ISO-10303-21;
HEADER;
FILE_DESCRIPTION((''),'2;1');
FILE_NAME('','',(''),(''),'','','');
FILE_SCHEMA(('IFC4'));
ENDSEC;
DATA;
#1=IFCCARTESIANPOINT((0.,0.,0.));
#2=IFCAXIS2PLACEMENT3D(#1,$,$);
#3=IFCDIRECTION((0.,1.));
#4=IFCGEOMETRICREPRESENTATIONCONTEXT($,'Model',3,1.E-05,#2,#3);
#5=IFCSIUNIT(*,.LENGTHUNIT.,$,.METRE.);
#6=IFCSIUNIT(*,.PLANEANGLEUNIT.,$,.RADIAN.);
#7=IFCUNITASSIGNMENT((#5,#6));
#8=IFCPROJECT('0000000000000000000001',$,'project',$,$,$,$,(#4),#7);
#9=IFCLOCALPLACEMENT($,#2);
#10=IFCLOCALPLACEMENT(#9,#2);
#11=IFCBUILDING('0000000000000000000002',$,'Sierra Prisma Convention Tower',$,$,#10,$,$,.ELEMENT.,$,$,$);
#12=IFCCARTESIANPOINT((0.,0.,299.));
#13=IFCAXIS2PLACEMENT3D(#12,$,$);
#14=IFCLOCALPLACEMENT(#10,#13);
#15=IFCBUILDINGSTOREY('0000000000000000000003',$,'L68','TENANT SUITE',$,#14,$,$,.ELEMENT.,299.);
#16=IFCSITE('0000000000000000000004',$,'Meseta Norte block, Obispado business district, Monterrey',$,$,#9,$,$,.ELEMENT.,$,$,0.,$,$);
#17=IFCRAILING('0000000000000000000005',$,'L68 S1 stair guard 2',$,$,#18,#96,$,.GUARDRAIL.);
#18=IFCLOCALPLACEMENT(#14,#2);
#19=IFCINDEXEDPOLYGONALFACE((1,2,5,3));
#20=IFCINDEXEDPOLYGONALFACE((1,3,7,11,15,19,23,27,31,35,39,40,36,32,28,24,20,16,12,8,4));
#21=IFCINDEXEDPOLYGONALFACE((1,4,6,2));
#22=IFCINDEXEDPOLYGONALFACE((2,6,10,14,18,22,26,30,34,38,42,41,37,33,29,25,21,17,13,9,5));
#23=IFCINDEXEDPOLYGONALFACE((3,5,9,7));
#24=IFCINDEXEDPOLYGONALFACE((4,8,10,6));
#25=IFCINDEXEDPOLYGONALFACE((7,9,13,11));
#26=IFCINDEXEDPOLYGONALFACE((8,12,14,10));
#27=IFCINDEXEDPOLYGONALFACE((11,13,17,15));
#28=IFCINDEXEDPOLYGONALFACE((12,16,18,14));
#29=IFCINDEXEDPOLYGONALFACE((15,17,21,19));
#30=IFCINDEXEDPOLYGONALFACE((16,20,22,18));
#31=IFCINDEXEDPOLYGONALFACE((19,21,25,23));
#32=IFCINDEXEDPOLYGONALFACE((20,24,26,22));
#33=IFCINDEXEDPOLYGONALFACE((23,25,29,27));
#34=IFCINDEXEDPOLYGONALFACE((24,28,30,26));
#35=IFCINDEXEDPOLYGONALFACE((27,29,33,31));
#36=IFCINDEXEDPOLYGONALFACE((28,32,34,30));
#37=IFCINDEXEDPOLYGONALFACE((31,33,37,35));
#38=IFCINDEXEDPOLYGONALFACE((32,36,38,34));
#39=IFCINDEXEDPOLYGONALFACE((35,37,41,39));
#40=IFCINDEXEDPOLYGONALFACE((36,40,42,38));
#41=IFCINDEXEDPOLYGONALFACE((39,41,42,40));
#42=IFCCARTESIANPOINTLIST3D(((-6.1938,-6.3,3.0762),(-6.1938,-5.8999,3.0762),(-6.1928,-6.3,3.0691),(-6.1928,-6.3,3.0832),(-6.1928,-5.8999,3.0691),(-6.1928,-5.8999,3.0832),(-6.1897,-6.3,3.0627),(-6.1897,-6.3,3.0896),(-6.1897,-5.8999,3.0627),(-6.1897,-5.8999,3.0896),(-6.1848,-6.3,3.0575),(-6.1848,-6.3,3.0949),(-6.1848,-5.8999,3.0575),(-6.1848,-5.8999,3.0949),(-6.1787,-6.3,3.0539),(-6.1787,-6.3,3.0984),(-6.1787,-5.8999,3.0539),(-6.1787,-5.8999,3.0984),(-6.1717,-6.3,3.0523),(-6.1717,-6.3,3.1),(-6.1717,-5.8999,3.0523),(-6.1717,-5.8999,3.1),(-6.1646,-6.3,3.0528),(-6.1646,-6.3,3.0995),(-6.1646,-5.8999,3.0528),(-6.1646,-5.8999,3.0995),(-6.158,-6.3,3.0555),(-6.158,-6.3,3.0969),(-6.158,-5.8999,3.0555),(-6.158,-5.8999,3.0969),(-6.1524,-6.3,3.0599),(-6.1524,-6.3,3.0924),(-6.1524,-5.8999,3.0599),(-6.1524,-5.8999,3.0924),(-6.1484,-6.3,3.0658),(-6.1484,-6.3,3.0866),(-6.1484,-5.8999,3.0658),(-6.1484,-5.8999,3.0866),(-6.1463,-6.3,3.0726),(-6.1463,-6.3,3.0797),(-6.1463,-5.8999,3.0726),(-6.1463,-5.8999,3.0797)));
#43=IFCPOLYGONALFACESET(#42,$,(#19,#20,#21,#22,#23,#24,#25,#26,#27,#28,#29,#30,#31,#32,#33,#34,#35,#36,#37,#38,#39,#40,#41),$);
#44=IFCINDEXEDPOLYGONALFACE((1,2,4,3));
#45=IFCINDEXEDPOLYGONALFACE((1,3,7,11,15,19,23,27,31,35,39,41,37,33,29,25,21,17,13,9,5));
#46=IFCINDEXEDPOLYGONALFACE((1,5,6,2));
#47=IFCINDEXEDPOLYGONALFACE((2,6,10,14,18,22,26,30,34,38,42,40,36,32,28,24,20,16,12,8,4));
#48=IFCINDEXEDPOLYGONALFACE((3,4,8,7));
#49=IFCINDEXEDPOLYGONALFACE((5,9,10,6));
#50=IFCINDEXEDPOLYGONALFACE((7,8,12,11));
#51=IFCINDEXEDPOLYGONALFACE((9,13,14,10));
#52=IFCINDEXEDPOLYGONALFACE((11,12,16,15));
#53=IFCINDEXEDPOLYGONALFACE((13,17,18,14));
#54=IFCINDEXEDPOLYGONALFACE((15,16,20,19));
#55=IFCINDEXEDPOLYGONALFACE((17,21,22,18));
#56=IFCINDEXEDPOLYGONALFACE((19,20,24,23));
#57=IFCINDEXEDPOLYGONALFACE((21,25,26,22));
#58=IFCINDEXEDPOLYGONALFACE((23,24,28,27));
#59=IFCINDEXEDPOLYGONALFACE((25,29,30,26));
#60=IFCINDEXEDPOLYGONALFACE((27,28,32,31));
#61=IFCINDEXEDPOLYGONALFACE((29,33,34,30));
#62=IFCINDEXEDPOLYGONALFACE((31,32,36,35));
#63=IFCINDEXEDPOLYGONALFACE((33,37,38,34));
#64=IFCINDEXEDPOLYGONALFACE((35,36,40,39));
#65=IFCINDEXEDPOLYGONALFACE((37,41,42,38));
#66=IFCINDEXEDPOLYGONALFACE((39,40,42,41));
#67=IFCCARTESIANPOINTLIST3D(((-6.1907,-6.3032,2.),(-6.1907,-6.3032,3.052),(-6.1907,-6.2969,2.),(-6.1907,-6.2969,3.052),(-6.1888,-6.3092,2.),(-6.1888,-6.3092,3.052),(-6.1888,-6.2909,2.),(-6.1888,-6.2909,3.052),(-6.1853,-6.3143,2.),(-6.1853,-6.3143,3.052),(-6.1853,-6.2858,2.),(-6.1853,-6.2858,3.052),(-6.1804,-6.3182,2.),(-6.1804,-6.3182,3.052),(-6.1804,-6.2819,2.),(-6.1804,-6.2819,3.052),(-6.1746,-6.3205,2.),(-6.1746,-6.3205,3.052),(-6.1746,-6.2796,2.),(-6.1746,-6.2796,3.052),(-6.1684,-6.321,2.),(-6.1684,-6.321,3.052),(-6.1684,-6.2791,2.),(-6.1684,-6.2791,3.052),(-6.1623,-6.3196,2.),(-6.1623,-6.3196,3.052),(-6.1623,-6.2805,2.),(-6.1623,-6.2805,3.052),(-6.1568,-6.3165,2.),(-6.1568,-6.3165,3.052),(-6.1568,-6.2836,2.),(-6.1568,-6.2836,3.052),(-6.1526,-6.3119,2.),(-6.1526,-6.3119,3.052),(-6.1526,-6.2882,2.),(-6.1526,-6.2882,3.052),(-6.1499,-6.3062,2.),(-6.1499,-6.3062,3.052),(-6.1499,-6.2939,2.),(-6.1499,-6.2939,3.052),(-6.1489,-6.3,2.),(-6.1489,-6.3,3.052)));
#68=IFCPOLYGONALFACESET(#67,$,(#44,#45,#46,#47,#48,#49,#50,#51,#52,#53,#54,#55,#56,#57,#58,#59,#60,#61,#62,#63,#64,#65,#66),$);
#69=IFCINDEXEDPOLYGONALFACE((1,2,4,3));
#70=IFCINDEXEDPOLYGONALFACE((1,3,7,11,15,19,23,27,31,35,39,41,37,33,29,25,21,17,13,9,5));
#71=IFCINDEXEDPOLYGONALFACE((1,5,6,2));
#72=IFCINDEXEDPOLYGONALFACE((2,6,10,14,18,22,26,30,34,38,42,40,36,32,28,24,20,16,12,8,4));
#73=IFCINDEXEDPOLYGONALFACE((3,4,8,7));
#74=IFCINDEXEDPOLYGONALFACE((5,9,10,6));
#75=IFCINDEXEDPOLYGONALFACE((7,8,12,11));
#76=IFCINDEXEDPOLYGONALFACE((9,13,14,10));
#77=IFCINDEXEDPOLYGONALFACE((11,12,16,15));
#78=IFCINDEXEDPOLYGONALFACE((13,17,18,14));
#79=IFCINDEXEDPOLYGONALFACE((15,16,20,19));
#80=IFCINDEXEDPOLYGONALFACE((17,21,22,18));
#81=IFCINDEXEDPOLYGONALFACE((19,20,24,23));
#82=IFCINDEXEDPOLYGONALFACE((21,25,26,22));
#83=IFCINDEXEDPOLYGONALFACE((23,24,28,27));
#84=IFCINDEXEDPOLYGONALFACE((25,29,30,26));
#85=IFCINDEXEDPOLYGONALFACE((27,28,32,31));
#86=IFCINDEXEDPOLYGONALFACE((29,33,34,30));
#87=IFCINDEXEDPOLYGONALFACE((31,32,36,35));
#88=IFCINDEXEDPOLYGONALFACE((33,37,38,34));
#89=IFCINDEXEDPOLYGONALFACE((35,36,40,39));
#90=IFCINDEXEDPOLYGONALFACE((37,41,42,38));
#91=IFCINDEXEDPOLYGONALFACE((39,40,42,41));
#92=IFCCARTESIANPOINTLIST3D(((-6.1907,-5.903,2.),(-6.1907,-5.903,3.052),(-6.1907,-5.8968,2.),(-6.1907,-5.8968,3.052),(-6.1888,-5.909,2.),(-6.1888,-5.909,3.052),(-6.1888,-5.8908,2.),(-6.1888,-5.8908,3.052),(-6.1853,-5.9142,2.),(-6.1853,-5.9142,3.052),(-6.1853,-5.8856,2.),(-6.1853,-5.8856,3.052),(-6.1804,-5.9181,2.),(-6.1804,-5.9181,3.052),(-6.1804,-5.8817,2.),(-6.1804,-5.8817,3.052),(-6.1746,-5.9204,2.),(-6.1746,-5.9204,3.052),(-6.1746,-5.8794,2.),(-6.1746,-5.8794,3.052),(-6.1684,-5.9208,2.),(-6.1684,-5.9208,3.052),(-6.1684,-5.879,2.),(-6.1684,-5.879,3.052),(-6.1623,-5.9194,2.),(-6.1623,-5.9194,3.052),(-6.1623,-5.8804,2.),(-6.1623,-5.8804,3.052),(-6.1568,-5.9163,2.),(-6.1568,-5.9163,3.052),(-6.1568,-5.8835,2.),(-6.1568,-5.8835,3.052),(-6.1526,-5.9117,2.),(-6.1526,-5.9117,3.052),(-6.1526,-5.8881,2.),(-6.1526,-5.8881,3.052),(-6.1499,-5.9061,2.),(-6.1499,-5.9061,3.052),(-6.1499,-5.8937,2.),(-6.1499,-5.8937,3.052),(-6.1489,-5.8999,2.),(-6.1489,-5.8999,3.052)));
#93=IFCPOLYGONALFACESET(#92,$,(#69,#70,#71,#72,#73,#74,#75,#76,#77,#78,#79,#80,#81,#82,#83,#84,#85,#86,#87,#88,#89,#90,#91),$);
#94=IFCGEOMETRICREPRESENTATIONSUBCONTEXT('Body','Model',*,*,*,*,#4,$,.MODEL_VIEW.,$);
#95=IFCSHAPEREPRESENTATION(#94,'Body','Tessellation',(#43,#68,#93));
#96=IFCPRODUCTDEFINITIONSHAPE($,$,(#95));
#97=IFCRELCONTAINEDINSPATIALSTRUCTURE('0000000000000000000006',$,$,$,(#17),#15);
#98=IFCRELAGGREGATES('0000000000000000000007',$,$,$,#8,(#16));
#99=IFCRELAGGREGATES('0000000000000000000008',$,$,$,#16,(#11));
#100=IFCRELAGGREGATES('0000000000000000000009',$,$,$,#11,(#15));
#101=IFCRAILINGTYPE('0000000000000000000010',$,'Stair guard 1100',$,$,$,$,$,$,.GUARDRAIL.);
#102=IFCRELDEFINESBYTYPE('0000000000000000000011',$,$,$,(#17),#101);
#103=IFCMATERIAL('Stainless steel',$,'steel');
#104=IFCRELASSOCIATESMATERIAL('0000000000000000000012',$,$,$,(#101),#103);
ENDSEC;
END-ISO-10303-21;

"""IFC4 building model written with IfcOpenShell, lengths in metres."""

from ifc_helpers import new_model, si_unit, direction, frame, origin, origin_2d, place, context, subcontext, project, spatial, circle, extrude, material, type_object, element, save


model = new_model("IFC4")

# Units and contexts
model_context = context("Model", 3, precision=1e-05, world=origin(), true_north=direction((0.0, 1.0)))
body_context = subcontext(model_context, "Body", "Model", "MODEL_VIEW")
ifc_project = project(units=[si_unit("LENGTHUNIT", "METRE"), si_unit("PLANEANGLEUNIT", "RADIAN")], contexts=[model_context])

# Site, building, storey
site_placement = place(None, origin())
site = spatial("IfcSite", under=ifc_project, at=site_placement, Name="Meseta Norte block, Obispado business district, Monterrey", CompositionType="ELEMENT", RefElevation=0.0)
building_placement = place(site_placement, origin())
building = spatial("IfcBuilding", under=site, at=building_placement, Name="Sierra Prisma Convention Tower", CompositionType="ELEMENT")
storey_placement = place(building_placement, frame((0.0, 0.0, 299.0)))
storey = spatial("IfcBuildingStorey", under=building, at=storey_placement, Name="L68", Description="TENANT SUITE", CompositionType="ELEMENT", Elevation=299.0)

# Railing
ifc_material_1 = material(Name="Stainless steel", Category="steel")
railing_type_1 = type_object("IfcRailingType", Name="Stair guard 1100", PredefinedType="GUARDRAIL", material=ifc_material_1)
railing_1_placement = place(storey_placement, frame((-6.1699, -6.3, 2.0)))
element("IfcRailing", 1, at=railing_1_placement, inside=storey, type_object=railing_type_1, Name="L68 S1 stair guard 2", PredefinedType="GUARDRAIL", context=body_context, shape_type="SweptSolid", body=[
    extrude(circle(Radius=0.0239, at=origin_2d()), frame((0.0, 0.0, 1.0762), z_axis=(0.0, 1.0, 0.0), x_axis=(-1.0, 0.0, 0.0)), (0.0, 0.0, 1.0), 0.4001),
    extrude(circle(Radius=0.021, at=origin_2d()), origin(), (0.0, 0.0, 1.0), 1.052),
    extrude(circle(Radius=0.021, at=origin_2d()), frame((0.0, 0.4001, 0.0)), (0.0, 0.0, 1.0), 1.052),
])

save(model, "model.ifc")
